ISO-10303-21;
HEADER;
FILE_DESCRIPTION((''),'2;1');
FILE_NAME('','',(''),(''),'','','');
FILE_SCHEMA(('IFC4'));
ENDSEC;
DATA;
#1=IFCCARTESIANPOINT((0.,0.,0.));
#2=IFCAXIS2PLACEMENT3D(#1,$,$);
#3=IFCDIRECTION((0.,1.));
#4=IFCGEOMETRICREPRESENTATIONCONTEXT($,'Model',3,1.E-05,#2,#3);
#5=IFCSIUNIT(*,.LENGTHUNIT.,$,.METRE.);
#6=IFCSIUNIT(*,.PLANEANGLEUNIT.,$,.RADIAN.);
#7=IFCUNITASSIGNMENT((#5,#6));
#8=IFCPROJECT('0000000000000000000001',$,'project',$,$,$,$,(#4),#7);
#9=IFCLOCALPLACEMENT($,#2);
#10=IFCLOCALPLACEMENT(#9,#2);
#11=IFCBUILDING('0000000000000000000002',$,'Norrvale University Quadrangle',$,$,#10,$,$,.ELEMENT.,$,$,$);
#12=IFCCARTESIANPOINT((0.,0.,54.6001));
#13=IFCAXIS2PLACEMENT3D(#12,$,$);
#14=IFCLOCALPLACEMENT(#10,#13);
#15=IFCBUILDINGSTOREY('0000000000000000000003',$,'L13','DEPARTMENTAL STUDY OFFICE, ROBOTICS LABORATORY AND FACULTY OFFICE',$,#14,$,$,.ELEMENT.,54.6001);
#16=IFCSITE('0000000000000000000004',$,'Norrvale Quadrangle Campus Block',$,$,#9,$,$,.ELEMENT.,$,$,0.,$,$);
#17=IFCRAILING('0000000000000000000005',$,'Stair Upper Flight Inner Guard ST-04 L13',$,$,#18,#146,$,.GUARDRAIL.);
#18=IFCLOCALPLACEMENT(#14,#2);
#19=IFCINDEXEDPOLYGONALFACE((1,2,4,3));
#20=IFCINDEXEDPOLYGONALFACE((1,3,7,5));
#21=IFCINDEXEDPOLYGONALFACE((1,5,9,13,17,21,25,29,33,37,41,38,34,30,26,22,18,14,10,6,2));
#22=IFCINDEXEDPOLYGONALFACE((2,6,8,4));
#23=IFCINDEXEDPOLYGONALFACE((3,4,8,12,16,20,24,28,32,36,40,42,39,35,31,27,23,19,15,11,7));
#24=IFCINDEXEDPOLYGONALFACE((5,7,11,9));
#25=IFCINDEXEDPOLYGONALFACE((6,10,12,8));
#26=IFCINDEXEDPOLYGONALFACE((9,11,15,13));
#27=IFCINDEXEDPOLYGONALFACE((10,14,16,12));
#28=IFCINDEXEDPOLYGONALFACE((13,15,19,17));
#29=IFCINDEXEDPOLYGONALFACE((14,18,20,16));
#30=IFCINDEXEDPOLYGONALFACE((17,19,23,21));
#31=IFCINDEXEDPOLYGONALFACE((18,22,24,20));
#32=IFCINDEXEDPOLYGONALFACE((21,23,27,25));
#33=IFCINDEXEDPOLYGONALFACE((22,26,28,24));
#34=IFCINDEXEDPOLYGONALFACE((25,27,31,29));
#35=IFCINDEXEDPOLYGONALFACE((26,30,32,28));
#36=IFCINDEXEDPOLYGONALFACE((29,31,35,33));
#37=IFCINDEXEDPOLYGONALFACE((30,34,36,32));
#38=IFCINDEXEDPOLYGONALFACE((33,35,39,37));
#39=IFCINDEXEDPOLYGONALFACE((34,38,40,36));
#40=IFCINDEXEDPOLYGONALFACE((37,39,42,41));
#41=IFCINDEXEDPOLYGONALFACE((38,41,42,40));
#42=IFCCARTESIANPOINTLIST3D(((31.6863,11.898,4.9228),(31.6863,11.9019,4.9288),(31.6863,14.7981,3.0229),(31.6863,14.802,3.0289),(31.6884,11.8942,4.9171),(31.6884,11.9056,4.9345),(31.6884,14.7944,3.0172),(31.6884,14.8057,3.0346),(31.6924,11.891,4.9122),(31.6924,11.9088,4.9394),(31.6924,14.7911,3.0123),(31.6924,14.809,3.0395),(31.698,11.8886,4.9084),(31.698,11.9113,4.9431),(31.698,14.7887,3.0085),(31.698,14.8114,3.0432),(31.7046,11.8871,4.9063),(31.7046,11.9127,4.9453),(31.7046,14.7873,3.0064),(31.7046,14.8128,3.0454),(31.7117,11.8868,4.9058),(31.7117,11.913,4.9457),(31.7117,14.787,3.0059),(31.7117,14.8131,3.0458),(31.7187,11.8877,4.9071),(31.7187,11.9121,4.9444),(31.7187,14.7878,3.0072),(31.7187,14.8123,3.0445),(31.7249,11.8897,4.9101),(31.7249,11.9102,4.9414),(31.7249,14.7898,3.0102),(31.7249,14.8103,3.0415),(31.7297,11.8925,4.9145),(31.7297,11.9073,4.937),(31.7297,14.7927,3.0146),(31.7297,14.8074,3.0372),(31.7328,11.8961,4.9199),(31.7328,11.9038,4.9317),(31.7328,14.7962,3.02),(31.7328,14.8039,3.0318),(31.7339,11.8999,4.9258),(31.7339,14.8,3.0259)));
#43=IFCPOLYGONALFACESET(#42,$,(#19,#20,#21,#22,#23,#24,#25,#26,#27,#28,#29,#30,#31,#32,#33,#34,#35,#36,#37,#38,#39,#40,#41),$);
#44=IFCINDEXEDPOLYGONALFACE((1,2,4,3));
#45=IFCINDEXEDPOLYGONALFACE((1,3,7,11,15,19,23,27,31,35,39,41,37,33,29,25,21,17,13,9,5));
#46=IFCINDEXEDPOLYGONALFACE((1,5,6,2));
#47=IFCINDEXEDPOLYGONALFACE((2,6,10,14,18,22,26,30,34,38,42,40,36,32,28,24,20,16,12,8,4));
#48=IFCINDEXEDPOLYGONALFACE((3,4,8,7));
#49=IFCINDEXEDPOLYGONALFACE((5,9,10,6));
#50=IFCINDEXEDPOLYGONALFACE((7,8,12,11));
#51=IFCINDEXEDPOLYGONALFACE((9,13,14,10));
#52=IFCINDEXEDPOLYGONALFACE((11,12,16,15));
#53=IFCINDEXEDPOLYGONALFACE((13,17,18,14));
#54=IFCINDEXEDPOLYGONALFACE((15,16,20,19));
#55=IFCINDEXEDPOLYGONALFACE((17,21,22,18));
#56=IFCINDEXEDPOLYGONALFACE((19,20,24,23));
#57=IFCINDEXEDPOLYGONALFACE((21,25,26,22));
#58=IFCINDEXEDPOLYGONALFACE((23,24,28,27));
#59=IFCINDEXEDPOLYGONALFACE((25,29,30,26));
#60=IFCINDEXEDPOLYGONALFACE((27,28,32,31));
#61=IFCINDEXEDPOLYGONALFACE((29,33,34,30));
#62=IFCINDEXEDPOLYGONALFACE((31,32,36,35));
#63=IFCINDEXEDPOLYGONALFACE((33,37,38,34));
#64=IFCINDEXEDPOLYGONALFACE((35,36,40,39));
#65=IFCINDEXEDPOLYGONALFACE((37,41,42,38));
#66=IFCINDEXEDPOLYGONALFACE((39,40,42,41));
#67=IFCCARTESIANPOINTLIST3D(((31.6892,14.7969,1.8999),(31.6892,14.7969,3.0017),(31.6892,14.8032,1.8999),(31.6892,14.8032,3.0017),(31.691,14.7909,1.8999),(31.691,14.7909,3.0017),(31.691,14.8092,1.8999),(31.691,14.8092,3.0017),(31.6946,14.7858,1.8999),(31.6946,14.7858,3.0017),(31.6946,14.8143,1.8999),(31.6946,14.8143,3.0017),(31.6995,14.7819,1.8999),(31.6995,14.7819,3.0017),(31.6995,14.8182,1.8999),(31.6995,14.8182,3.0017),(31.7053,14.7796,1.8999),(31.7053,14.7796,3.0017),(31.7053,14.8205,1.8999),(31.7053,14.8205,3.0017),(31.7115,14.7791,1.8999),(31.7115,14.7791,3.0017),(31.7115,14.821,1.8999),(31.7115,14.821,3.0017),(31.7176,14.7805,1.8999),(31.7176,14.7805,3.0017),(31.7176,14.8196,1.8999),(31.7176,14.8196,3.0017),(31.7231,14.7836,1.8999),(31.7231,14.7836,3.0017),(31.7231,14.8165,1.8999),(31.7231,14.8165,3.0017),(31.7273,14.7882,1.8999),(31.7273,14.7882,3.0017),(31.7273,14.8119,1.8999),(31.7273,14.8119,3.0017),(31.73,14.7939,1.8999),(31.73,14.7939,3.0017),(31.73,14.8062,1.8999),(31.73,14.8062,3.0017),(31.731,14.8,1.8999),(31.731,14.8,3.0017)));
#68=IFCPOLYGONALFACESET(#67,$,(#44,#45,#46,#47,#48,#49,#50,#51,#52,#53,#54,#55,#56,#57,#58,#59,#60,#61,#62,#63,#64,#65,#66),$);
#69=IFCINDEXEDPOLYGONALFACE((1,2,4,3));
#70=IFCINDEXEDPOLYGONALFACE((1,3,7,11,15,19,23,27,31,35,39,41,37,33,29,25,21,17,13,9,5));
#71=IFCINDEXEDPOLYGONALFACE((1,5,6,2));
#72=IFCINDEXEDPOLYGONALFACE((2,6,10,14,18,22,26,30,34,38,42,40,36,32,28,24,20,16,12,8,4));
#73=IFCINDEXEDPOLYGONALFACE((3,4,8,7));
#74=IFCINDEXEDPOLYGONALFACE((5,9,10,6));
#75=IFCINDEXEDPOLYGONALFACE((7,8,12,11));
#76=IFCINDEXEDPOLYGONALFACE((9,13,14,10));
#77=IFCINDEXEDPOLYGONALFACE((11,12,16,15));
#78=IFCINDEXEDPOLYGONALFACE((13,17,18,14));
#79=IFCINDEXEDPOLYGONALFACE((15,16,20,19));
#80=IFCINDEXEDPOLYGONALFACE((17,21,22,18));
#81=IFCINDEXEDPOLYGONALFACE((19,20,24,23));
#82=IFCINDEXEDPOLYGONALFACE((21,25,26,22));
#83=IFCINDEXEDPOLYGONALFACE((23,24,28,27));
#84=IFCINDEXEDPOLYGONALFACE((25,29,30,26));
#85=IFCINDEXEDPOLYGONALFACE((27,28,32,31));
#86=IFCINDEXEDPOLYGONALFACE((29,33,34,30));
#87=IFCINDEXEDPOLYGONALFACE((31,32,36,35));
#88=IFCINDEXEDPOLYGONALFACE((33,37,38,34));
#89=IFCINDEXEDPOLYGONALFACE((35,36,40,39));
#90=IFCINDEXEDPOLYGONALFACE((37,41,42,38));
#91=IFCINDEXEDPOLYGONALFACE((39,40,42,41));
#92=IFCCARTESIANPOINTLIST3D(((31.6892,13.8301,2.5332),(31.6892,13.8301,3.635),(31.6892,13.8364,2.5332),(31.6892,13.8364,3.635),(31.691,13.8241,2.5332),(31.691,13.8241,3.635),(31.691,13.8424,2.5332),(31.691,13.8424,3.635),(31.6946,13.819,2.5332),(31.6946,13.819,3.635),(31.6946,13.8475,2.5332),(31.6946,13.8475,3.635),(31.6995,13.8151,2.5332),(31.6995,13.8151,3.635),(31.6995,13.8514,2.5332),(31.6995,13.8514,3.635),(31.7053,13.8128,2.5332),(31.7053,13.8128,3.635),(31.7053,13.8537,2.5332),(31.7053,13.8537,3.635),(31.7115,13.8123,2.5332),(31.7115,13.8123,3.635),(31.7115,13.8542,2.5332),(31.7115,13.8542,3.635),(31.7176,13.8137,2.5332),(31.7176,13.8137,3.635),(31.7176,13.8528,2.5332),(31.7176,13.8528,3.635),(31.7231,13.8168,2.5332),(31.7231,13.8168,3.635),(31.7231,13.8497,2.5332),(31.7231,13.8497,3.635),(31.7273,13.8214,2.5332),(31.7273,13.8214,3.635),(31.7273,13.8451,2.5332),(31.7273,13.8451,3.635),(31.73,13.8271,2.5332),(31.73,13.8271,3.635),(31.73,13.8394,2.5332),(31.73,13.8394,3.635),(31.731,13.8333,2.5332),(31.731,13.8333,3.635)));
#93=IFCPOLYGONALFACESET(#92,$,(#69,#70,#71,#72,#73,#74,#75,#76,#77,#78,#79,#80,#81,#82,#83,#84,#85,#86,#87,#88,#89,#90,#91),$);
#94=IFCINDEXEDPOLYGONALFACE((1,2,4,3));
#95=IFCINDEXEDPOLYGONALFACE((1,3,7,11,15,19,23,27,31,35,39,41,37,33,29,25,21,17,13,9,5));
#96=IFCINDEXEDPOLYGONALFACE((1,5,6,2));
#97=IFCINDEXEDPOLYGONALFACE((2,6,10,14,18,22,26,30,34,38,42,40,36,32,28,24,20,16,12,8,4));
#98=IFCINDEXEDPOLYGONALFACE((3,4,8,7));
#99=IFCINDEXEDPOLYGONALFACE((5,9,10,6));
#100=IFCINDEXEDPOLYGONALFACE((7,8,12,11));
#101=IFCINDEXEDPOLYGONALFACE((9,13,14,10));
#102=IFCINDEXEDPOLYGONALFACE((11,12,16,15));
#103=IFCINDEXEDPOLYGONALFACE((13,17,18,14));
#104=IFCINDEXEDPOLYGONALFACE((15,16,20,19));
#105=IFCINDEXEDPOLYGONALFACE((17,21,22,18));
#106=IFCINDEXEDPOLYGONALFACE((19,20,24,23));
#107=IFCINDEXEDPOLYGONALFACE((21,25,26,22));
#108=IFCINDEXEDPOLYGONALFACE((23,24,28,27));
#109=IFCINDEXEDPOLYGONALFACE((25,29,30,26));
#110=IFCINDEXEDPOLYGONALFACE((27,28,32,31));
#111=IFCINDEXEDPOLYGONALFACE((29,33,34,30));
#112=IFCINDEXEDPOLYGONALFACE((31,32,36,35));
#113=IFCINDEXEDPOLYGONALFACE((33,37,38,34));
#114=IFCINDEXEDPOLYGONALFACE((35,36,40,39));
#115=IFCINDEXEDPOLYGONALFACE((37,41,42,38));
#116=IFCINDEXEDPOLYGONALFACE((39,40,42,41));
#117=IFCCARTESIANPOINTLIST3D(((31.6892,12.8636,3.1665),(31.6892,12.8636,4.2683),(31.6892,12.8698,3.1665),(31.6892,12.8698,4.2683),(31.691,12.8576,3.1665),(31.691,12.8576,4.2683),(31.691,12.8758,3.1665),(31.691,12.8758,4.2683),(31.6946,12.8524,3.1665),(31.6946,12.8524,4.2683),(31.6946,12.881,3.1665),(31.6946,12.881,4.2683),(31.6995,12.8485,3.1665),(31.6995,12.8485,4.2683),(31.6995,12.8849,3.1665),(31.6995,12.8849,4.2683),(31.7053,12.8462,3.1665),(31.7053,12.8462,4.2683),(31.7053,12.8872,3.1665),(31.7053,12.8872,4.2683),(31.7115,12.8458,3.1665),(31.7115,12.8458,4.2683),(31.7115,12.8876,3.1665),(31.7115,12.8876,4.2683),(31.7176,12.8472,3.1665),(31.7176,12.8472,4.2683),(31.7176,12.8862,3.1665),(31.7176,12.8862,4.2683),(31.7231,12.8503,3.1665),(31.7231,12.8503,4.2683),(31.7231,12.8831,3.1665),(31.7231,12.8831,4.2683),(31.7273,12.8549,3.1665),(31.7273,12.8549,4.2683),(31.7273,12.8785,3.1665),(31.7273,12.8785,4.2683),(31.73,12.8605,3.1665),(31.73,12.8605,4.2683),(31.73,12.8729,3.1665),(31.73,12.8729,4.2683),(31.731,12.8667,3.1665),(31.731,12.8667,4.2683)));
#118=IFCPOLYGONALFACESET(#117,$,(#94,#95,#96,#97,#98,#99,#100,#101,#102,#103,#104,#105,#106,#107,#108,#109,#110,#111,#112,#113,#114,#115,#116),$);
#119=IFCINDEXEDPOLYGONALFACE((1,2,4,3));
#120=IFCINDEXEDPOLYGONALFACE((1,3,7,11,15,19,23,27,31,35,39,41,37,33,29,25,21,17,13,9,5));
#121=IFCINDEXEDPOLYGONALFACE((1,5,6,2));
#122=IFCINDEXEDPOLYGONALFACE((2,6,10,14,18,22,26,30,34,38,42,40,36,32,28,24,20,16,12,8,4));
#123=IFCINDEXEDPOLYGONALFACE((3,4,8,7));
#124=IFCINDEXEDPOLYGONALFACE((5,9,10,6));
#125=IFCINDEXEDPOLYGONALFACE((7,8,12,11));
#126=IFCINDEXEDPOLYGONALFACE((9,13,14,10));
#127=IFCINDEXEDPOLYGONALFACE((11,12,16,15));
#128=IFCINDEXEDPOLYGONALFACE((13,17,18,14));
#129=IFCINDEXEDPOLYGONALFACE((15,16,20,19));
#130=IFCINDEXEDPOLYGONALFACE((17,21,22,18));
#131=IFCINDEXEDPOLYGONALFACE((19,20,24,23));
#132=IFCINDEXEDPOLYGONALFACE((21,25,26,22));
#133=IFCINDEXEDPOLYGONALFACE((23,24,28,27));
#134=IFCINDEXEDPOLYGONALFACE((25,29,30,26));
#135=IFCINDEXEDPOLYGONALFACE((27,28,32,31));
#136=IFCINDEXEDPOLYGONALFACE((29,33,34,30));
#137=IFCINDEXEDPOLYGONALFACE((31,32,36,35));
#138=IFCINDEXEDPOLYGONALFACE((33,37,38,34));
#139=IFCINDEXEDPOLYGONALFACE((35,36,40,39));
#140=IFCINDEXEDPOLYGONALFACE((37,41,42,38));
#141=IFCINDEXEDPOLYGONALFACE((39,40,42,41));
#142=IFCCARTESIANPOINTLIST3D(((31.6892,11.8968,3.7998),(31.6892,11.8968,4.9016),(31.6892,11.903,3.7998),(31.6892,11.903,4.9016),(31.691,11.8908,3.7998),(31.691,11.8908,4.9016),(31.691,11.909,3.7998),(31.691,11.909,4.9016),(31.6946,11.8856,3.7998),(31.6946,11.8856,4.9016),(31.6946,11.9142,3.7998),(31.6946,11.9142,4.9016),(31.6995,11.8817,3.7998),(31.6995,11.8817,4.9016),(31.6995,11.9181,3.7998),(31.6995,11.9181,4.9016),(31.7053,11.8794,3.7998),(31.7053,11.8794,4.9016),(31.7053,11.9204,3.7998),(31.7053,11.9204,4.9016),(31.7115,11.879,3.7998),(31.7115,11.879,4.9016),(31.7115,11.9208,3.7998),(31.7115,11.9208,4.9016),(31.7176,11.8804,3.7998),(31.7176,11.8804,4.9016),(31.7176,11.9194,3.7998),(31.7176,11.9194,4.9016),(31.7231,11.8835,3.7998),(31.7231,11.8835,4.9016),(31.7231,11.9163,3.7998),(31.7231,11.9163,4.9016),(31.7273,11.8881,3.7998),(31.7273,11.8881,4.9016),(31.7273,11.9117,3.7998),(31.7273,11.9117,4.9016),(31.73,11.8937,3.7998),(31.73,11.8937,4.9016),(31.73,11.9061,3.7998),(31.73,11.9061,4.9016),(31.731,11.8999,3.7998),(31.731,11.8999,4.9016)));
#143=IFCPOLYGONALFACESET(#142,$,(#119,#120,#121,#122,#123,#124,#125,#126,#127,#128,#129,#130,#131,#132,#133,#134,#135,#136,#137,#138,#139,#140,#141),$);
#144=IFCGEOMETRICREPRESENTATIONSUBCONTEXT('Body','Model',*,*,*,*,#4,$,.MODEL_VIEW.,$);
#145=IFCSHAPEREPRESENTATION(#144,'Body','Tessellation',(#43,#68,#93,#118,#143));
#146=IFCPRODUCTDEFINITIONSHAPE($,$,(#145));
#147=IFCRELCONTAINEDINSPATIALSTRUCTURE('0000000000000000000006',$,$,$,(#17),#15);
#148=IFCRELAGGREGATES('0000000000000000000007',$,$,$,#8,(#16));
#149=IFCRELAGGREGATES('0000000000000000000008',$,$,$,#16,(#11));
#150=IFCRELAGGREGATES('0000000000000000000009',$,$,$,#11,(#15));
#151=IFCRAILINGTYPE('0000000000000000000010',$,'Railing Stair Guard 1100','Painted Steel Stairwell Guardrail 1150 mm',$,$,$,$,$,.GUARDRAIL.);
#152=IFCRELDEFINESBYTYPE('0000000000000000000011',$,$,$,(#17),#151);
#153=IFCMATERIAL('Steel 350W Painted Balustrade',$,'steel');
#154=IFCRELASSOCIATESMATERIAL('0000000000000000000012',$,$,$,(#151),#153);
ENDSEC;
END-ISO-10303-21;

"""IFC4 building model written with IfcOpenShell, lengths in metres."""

from ifc_helpers import new_model, si_unit, direction, frame, origin, origin_2d, place, context, subcontext, project, spatial, circle, extrude, material, type_object, element, save


model = new_model("IFC4")

# Units and contexts
model_context = context("Model", 3, precision=1e-05, world=origin(), true_north=direction((0.0, 1.0)))
body_context = subcontext(model_context, "Body", "Model", "MODEL_VIEW")
ifc_project = project(units=[si_unit("LENGTHUNIT", "METRE"), si_unit("PLANEANGLEUNIT", "RADIAN")], contexts=[model_context])

# Site, building, storey
site_placement = place(None, origin())
site = spatial("IfcSite", under=ifc_project, at=site_placement, Name="Norrvale Quadrangle Campus Block", CompositionType="ELEMENT", RefElevation=0.0)
building_placement = place(site_placement, origin())
building = spatial("IfcBuilding", under=site, at=building_placement, Name="Norrvale University Quadrangle", CompositionType="ELEMENT")
storey_placement = place(building_placement, frame((0.0, 0.0, 54.6001)))
storey = spatial("IfcBuildingStorey", under=building, at=storey_placement, Name="L13", Description="DEPARTMENTAL STUDY OFFICE, ROBOTICS LABORATORY AND FACULTY OFFICE", CompositionType="ELEMENT", Elevation=54.6001)

# Railing
ifc_material_1 = material(Name="Steel 350W Painted Balustrade", Category="steel")
railing_type_1 = type_object("IfcRailingType", Name="Railing Stair Guard 1100", Description="Painted Steel Stairwell Guardrail 1150 mm", PredefinedType="GUARDRAIL", material=ifc_material_1)
railing_1_placement = place(storey_placement, frame((31.71, 14.8, 1.8999)))
element("IfcRailing", 1, at=railing_1_placement, inside=storey, type_object=railing_type_1, Name="Stair Upper Flight Inner Guard ST-04 L13", PredefinedType="GUARDRAIL", context=body_context, shape_type="SweptSolid", body=[
    extrude(circle(Radius=0.0239, at=origin_2d()), frame((0.0, 0.0, 1.126), z_axis=(0.0, -0.836487, 0.547987), x_axis=(1.0, 0.0, 0.0)), (0.0, 0.0, 1.0), 3.467),
    extrude(circle(Radius=0.021, at=origin_2d()), origin(), (0.0, 0.0, 1.0), 1.1018),
    extrude(circle(Radius=0.021, at=origin_2d()), frame((0.0, -0.9668, 0.6333)), (0.0, 0.0, 1.0), 1.1018),
    extrude(circle(Radius=0.021, at=origin_2d()), frame((0.0, -1.9333, 1.2666)), (0.0, 0.0, 1.0), 1.1018),
    extrude(circle(Radius=0.021, at=origin_2d()), frame((0.0, -2.9001, 1.8999)), (0.0, 0.0, 1.0), 1.1018),
])

save(model, "model.ifc")
